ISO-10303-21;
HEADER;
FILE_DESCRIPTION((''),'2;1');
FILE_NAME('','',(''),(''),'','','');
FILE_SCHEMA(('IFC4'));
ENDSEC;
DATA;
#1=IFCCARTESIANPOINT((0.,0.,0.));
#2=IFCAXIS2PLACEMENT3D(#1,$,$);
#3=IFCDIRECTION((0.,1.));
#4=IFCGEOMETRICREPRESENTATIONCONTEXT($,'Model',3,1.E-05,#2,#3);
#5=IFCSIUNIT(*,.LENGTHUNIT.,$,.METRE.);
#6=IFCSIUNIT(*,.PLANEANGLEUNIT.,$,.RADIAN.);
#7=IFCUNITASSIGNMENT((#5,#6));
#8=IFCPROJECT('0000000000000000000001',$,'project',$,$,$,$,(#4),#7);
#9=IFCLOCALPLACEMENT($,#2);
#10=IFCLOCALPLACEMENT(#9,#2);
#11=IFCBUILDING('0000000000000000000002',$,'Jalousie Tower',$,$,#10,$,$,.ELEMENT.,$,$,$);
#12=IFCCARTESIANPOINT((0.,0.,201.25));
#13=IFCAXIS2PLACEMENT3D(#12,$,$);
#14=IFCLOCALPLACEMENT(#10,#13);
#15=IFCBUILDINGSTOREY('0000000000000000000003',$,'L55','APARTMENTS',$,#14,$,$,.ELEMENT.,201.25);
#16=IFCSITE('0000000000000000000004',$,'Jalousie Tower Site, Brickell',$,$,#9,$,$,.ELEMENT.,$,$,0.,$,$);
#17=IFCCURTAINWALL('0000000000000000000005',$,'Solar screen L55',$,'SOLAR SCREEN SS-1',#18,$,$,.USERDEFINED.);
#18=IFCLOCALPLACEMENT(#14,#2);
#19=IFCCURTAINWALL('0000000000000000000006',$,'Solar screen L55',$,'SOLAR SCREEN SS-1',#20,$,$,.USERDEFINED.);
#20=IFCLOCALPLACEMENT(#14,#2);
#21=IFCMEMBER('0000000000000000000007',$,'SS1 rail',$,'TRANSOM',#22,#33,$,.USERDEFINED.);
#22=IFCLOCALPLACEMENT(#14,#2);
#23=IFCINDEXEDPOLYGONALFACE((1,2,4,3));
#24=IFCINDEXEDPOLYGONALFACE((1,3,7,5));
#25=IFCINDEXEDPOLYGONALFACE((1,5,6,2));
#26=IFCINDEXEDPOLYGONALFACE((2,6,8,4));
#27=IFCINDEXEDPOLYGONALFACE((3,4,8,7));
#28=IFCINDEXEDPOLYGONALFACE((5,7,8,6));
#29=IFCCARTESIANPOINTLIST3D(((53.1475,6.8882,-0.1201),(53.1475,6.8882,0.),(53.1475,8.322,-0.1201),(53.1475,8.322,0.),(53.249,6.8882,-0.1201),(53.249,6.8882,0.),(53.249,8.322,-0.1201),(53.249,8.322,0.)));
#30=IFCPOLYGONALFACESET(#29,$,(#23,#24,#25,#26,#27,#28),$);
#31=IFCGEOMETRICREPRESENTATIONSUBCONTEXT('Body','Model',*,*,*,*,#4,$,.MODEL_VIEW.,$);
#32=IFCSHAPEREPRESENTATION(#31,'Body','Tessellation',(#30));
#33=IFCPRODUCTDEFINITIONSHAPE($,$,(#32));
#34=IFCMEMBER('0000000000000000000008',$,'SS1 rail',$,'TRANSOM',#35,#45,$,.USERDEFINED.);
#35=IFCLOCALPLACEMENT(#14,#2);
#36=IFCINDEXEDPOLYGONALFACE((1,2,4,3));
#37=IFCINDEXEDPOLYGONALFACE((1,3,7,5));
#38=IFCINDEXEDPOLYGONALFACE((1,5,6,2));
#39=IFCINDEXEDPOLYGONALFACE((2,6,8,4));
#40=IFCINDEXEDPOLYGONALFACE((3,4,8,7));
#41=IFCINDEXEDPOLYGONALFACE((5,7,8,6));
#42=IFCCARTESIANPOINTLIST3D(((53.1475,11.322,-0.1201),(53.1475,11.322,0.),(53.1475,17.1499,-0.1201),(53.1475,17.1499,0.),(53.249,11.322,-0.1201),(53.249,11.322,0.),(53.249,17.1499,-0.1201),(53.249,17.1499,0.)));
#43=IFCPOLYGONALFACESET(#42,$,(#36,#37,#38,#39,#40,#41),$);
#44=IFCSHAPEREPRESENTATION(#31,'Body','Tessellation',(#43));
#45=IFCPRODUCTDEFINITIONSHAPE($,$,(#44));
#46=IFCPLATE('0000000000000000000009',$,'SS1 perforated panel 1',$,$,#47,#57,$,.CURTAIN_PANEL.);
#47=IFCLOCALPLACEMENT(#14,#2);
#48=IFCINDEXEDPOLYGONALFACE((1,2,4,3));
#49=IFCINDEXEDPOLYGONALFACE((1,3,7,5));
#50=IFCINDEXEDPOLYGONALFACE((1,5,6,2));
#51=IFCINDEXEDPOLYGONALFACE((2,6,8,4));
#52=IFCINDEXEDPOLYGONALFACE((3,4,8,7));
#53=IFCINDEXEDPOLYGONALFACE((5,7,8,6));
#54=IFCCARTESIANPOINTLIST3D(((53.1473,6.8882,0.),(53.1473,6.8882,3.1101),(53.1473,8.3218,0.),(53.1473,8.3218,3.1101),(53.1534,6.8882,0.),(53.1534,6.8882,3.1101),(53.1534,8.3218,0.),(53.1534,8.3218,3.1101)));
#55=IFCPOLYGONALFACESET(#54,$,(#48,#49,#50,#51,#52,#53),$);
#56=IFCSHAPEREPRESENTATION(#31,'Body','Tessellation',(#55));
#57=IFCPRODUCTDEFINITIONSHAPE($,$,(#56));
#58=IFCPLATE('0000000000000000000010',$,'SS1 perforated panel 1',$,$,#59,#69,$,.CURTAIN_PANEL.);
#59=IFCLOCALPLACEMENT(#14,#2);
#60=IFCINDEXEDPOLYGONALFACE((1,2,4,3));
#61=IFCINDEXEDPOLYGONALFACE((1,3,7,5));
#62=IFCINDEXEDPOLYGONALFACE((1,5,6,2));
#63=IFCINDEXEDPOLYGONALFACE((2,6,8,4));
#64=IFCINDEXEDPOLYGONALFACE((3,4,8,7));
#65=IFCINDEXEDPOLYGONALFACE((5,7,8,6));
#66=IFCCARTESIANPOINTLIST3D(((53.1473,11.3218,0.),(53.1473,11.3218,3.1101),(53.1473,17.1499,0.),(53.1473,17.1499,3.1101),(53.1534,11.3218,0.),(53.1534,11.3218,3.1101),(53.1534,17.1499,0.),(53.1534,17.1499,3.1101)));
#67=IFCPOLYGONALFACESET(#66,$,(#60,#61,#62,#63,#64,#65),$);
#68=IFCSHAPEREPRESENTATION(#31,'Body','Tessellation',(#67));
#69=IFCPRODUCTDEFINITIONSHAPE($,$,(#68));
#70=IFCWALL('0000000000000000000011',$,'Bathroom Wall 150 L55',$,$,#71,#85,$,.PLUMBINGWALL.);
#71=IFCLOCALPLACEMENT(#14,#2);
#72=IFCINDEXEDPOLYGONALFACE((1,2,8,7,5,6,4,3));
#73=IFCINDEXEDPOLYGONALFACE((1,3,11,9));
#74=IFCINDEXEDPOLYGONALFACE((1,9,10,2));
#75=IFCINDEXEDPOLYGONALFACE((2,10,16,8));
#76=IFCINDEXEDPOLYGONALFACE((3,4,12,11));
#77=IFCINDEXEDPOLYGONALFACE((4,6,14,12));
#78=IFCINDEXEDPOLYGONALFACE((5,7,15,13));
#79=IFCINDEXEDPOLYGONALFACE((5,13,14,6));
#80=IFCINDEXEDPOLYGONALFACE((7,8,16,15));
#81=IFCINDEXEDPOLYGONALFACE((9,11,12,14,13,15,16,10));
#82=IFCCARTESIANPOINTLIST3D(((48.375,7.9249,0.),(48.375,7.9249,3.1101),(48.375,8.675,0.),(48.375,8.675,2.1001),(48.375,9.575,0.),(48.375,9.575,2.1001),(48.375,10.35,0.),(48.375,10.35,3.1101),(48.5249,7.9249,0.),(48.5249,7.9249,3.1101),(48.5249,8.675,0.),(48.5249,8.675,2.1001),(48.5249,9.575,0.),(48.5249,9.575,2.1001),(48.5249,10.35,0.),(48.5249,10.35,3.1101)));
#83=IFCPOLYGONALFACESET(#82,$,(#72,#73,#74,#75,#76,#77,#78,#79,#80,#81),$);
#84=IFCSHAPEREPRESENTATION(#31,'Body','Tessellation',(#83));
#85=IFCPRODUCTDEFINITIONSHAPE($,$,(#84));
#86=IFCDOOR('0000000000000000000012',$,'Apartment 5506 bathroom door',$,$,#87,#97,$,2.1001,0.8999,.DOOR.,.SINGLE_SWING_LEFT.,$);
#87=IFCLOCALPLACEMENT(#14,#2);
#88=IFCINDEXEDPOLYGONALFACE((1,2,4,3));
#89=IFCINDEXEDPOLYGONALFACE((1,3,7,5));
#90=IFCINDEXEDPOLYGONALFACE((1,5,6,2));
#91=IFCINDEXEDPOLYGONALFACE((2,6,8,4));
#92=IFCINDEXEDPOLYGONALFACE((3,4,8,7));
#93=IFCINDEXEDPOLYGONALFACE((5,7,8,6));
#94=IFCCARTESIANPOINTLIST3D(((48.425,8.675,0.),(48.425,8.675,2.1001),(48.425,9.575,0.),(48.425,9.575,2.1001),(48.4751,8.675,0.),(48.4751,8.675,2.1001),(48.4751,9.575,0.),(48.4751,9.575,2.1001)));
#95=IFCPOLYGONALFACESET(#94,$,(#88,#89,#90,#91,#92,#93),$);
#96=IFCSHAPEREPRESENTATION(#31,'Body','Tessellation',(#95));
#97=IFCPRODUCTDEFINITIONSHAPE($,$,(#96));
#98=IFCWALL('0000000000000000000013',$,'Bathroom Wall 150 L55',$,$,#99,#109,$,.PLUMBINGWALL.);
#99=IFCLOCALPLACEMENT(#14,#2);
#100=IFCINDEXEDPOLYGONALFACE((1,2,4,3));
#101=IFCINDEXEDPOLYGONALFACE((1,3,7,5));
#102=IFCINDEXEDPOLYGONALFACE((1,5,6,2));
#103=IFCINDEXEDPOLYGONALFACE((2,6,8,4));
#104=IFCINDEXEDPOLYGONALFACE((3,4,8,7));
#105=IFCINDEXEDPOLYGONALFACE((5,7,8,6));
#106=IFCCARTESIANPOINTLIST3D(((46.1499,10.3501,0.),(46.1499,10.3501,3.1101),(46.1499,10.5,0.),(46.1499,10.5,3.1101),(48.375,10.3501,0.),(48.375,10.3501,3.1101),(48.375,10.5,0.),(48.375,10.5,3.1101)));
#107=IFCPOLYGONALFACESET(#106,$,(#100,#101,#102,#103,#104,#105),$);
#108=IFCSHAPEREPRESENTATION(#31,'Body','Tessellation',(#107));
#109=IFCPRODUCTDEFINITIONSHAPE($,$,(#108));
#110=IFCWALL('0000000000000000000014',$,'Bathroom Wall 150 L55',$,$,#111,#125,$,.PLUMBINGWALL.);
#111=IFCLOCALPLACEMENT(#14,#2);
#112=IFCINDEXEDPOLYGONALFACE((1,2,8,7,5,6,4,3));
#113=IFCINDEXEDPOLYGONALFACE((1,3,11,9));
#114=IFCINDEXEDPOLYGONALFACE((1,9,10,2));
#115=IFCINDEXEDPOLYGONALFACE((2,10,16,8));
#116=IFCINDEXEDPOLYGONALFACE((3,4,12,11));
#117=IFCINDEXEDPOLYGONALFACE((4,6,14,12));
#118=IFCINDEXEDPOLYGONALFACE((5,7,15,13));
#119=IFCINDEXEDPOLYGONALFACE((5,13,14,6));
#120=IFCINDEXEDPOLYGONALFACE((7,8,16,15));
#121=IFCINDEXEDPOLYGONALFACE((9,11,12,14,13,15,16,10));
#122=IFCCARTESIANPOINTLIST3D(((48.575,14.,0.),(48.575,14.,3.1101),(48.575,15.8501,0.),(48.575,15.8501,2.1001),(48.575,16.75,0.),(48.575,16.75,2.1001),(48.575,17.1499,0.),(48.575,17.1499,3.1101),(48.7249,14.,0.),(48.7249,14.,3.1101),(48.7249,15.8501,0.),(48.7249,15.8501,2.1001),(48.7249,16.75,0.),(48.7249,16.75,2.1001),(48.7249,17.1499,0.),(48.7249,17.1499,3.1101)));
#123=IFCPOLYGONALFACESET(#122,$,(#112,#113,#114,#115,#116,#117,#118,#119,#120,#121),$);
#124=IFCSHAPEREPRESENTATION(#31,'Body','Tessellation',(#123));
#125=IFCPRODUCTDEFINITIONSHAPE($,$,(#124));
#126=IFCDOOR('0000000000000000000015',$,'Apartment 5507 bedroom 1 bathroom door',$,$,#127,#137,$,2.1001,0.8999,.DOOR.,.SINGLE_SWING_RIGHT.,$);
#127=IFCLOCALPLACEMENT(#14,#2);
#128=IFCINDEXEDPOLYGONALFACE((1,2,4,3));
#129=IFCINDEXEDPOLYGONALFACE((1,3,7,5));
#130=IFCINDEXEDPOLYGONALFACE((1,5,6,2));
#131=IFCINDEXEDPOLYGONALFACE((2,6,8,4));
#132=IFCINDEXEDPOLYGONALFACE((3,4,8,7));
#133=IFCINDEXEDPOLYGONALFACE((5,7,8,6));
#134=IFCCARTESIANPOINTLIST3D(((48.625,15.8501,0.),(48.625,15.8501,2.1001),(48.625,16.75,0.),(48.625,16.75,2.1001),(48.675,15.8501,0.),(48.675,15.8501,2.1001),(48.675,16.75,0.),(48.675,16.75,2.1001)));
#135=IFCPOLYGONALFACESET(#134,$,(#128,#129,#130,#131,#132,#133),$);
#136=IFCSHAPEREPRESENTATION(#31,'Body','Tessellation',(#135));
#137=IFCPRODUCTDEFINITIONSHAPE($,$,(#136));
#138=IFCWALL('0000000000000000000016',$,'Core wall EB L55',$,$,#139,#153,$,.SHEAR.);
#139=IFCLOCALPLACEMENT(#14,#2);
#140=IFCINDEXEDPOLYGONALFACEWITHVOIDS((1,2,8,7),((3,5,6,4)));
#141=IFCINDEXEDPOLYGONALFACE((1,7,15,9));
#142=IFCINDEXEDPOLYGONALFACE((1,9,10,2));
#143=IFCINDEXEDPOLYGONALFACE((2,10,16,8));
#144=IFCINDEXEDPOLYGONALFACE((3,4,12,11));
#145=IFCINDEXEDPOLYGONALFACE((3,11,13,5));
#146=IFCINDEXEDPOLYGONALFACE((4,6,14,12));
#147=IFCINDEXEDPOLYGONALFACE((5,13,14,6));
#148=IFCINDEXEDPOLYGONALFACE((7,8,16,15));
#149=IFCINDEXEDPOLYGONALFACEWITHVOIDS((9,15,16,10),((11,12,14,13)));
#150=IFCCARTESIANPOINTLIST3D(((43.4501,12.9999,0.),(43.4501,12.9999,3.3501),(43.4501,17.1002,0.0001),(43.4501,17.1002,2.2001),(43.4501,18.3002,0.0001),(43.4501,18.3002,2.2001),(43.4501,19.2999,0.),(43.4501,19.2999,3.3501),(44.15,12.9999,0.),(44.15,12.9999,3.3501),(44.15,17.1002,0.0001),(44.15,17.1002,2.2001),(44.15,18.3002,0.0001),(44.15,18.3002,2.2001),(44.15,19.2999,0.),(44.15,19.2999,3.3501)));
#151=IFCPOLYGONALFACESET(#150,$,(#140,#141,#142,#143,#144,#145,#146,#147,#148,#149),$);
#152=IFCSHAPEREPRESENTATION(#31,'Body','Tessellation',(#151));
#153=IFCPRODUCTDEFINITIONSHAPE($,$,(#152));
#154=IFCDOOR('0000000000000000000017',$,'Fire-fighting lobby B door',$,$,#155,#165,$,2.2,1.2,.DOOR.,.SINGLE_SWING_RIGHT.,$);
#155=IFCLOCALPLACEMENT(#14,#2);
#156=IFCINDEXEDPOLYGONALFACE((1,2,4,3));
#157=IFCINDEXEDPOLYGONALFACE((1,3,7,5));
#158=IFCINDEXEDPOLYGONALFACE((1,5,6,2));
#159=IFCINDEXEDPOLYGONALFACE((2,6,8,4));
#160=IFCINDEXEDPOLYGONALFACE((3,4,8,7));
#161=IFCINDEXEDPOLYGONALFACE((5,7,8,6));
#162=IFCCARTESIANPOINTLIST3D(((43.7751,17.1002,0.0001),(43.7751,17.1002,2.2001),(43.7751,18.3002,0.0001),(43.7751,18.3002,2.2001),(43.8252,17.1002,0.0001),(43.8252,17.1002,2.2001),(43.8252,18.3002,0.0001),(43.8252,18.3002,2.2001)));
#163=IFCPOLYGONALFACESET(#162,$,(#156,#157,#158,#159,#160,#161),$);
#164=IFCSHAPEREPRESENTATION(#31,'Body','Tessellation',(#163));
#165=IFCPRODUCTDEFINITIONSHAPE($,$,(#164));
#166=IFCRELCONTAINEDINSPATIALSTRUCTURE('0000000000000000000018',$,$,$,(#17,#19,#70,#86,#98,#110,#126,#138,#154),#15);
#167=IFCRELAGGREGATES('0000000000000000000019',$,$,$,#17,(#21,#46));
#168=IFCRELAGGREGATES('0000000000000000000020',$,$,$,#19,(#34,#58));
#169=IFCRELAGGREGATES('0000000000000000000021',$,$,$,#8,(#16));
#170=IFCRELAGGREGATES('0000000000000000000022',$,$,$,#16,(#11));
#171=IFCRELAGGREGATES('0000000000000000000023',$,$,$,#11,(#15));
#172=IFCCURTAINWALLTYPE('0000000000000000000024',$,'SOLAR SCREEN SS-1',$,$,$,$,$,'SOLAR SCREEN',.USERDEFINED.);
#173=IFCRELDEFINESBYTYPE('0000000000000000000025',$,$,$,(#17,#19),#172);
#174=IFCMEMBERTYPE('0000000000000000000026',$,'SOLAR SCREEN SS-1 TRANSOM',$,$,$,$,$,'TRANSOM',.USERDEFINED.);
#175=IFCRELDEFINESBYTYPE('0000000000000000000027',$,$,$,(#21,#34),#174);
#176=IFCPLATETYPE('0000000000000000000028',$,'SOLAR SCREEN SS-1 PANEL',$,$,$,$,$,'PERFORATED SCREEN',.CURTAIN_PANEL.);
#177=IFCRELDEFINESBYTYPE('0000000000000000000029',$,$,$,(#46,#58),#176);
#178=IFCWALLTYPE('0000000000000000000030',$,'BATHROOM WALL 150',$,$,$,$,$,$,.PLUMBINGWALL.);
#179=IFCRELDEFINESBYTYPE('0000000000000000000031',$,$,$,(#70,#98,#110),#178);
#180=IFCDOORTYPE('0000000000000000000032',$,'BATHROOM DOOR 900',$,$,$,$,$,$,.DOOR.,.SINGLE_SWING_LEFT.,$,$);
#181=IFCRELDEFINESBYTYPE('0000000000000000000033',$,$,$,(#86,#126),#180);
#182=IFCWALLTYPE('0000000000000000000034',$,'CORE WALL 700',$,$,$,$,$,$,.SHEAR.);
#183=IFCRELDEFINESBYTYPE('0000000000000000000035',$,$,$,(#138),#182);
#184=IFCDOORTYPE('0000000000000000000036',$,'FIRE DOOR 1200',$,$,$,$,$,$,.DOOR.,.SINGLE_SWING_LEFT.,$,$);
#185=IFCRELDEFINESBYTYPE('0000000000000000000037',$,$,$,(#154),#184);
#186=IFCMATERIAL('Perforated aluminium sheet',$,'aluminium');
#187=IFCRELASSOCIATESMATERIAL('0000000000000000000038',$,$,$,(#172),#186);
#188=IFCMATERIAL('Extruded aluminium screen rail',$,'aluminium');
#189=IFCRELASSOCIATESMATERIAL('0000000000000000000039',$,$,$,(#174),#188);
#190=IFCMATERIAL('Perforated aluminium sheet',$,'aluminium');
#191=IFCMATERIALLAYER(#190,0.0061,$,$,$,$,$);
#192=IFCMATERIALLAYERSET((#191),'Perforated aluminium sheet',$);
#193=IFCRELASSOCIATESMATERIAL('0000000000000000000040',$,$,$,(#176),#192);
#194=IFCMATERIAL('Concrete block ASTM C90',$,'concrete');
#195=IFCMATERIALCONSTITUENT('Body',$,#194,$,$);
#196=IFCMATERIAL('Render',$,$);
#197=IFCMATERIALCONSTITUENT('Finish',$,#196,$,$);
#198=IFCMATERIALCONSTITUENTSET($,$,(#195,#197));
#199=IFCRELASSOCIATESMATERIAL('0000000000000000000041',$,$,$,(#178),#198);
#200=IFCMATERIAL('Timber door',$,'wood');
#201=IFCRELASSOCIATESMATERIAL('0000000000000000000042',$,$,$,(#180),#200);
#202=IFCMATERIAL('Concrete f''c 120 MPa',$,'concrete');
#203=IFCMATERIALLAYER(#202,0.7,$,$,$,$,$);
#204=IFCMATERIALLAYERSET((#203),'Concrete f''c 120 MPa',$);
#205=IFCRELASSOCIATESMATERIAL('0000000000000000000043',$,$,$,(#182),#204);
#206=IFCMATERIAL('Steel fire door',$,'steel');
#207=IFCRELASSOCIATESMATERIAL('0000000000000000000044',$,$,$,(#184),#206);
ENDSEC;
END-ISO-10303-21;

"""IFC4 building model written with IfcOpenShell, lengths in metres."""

from ifc_helpers import new_model, si_unit, direction, frame, frame_2d, origin, origin_2d, place, context, subcontext, project, spatial, rectangle, extrude, material, layer, layer_set, constituent, constituent_set, material_profile, profile_set, type_object, element, fill, aggregate, save


model = new_model("IFC4")

# Units and contexts
model_context = context("Model", 3, precision=1e-05, world=origin(), true_north=direction((0.0, 1.0)))
body_context = subcontext(model_context, "Body", "Model", "MODEL_VIEW")
ifc_project = project(units=[si_unit("LENGTHUNIT", "METRE"), si_unit("PLANEANGLEUNIT", "RADIAN")], contexts=[model_context])

# Site, building, storey
site_placement = place(None, origin())
site = spatial("IfcSite", under=ifc_project, at=site_placement, Name="Jalousie Tower Site, Brickell", CompositionType="ELEMENT", RefElevation=0.0)
building_placement = place(site_placement, origin())
building = spatial("IfcBuilding", under=site, at=building_placement, Name="Jalousie Tower", CompositionType="ELEMENT")
storey_placement = place(building_placement, frame((0.0, 0.0, 201.25)))
storey = spatial("IfcBuildingStorey", under=building, at=storey_placement, Name="L55", Description="APARTMENTS", CompositionType="ELEMENT", Elevation=201.25)

# Curtain wall
ifc_material_1 = material(Name="Perforated aluminium sheet", Category="aluminium")
curtain_wall_type = type_object("IfcCurtainWallType", Name="SOLAR SCREEN SS-1", ElementType="SOLAR SCREEN", PredefinedType="USERDEFINED", material=ifc_material_1)
curtain_wall_1_placement = place(storey_placement, origin())
curtain_wall_1 = element("IfcCurtainWall", 1, at=curtain_wall_1_placement, inside=storey, type_object=curtain_wall_type, Name="Solar screen L55", ObjectType="SOLAR SCREEN SS-1", PredefinedType="USERDEFINED")

# Curtain wall
curtain_wall_2_placement = place(storey_placement, origin())
curtain_wall_2 = element("IfcCurtainWall", 2, at=curtain_wall_2_placement, inside=storey, type_object=curtain_wall_type, Name="Solar screen L55", ObjectType="SOLAR SCREEN SS-1", PredefinedType="USERDEFINED")

# Members
ifc_material_2 = material(Name="Extruded aluminium screen rail", Category="aluminium")
ifc_material_profile_1 = material_profile(ifc_material_2, rectangle(XDim=0.1016, YDim=0.1201, at=origin_2d()), Name="RAIL 102x120")
ifc_profile_set_1 = profile_set([ifc_material_profile_1], Name="Extruded aluminium screen rail")
member_type_1 = type_object("IfcMemberType", Name="SOLAR SCREEN SS-1 TRANSOM", ElementType="TRANSOM", PredefinedType="USERDEFINED", material=ifc_profile_set_1)
member_1_placement = place(storey_placement, frame((53.1982, 6.8882, -0.0601), z_axis=(0.0, 1.0, 0.0), x_axis=(-1.0, 0.0, 0.0)))
member_1 = element("IfcMember", 3, at=member_1_placement, type_object=member_type_1, Name="SS1 rail", ObjectType="TRANSOM", PredefinedType="USERDEFINED", context=body_context, shape_type="SweptSolid", body=[
    extrude(rectangle(XDim=0.1016, YDim=0.1201, at=origin_2d()), origin(), (0.0, 0.0, 1.0), 1.4338),
])
member_2_placement = place(storey_placement, frame((53.1982, 11.322, -0.0601), z_axis=(0.0, 1.0, 0.0), x_axis=(-1.0, 0.0, 0.0)))
member_2 = element("IfcMember", 4, at=member_2_placement, type_object=member_type_1, Name="SS1 rail", ObjectType="TRANSOM", PredefinedType="USERDEFINED", context=body_context, shape_type="SweptSolid", body=[
    extrude(rectangle(XDim=0.1016, YDim=0.1201, at=origin_2d()), origin(), (0.0, 0.0, 1.0), 5.8279),
])

# Plates
ifc_material_3 = material(Name="Perforated aluminium sheet", Category="aluminium")
ifc_layer_1 = layer(ifc_material_3, 0.0061)
ifc_layer_set_1 = layer_set([ifc_layer_1], Name="Perforated aluminium sheet")
plate_type = type_object("IfcPlateType", Name="SOLAR SCREEN SS-1 PANEL", ElementType="PERFORATED SCREEN", PredefinedType="CURTAIN_PANEL", material=ifc_layer_set_1)
plate_1_placement = place(storey_placement, frame((53.1504, 7.605, 0.0), z_axis=(0.0, 0.0, 1.0), x_axis=(0.0, 1.0, 0.0)))
plate_1 = element("IfcPlate", 5, at=plate_1_placement, type_object=plate_type, Name="SS1 perforated panel 1", PredefinedType="CURTAIN_PANEL", context=body_context, shape_type="SweptSolid", body=[
    extrude(rectangle(XDim=1.4336, YDim=0.0061, at=origin_2d()), origin(), (0.0, 0.0, 1.0), 3.1101),
])
aggregate(curtain_wall_1, [member_1, plate_1])
plate_2_placement = place(storey_placement, frame((53.1504, 14.2358, 0.0), z_axis=(0.0, 0.0, 1.0), x_axis=(0.0, 1.0, 0.0)))
plate_2 = element("IfcPlate", 6, at=plate_2_placement, type_object=plate_type, Name="SS1 perforated panel 1", PredefinedType="CURTAIN_PANEL", context=body_context, shape_type="SweptSolid", body=[
    extrude(rectangle(XDim=5.8281, YDim=0.0061, at=origin_2d()), origin(), (0.0, 0.0, 1.0), 3.1101),
])
aggregate(curtain_wall_2, [member_2, plate_2])

# Wall, opening, door
ifc_material_4 = material(Name="Concrete block ASTM C90", Category="concrete")
ifc_constituent_1 = constituent(ifc_material_4, Name="Body")
ifc_material_5 = material(Name="Render")
ifc_constituent_2 = constituent(ifc_material_5, Name="Finish")
ifc_constituent_set_1 = constituent_set(constituents=[ifc_constituent_1, ifc_constituent_2])
wall_type_1 = type_object("IfcWallType", Name="BATHROOM WALL 150", PredefinedType="PLUMBINGWALL", material=ifc_constituent_set_1)
wall_1_placement = place(storey_placement, frame((48.45, 7.925, 0.0), z_axis=(0.0, 0.0, 1.0), x_axis=(0.0, 1.0, 0.0)))
wall_1 = element("IfcWall", 7, at=wall_1_placement, inside=storey, type_object=wall_type_1, Name="Bathroom Wall 150 L55", PredefinedType="PLUMBINGWALL", context=body_context, shape_type="SweptSolid", body=[
    extrude(rectangle(XDim=2.425, YDim=0.1499, at=frame_2d((1.2124, 0.0))), origin(), (0.0, 0.0, 1.0), 3.1101),
])
opening_1_placement = place(wall_1_placement, frame((0.75, 0.0, 0.0)))
opening_1 = element("IfcOpeningElement", 8, at=opening_1_placement, cuts=wall_1, PredefinedType="OPENING", context=body_context, shape_type="SweptSolid", body=[
    extrude(rectangle(XDim=0.8999, YDim=2.1001, at=frame_2d((0.45, 1.05))), frame((0.0, 0.085, 0.0), z_axis=(0.0, -1.0, 0.0), x_axis=(1.0, 0.0, 0.0)), (0.0, 0.0, 1.0), 0.1699),
])
ifc_material_6 = material(Name="Timber door", Category="wood")
door_type_1 = type_object("IfcDoorType", Name="BATHROOM DOOR 900", OperationType="SINGLE_SWING_LEFT", PredefinedType="DOOR", material=ifc_material_6)
door_1_placement = place(opening_1_placement, origin())
door_1 = element("IfcDoor", 9, at=door_1_placement, inside=storey, type_object=door_type_1, Name="Apartment 5506 bathroom door", OperationType="SINGLE_SWING_LEFT", OverallHeight=2.1001, OverallWidth=0.8999, PredefinedType="DOOR", context=body_context, shape_type="SweptSolid", body=[
    extrude(rectangle(XDim=0.8999, YDim=2.1001, at=frame_2d((0.45, 1.05))), frame((0.0, 0.0249, 0.0), z_axis=(0.0, -1.0, 0.0), x_axis=(1.0, 0.0, 0.0)), (0.0, 0.0, 1.0), 0.05),
])
fill(opening_1, door_1)

# Wall
wall_2_placement = place(storey_placement, frame((48.375, 10.425, 0.0), z_axis=(0.0, 0.0, 1.0), x_axis=(-1.0, 0.0, 0.0)))
element("IfcWall", 10, at=wall_2_placement, inside=storey, type_object=wall_type_1, Name="Bathroom Wall 150 L55", PredefinedType="PLUMBINGWALL", context=body_context, shape_type="SweptSolid", body=[
    extrude(rectangle(XDim=2.2251, YDim=0.1499, at=frame_2d((1.1125, 0.0))), origin(), (0.0, 0.0, 1.0), 3.1101),
])

# Walls, openings, doors
wall_3_placement = place(storey_placement, frame((48.6499, 14.0, 0.0), z_axis=(0.0, 0.0, 1.0), x_axis=(0.0, 1.0, 0.0)))
wall_3 = element("IfcWall", 11, at=wall_3_placement, inside=storey, type_object=wall_type_1, Name="Bathroom Wall 150 L55", PredefinedType="PLUMBINGWALL", context=body_context, shape_type="SweptSolid", body=[
    extrude(rectangle(XDim=3.1499, YDim=0.1499, at=frame_2d((1.575, 0.0))), origin(), (0.0, 0.0, 1.0), 3.1101),
])
opening_2_placement = place(wall_3_placement, frame((1.8501, 0.0, 0.0)))
opening_2 = element("IfcOpeningElement", 12, at=opening_2_placement, cuts=wall_3, PredefinedType="OPENING", context=body_context, shape_type="SweptSolid", body=[
    extrude(rectangle(XDim=0.8999, YDim=2.1001, at=frame_2d((0.45, 1.05))), frame((0.0, 0.085, 0.0), z_axis=(0.0, -1.0, 0.0), x_axis=(1.0, 0.0, 0.0)), (0.0, 0.0, 1.0), 0.1699),
])
door_2_placement = place(opening_2_placement, origin())
door_2 = element("IfcDoor", 13, at=door_2_placement, inside=storey, type_object=door_type_1, Name="Apartment 5507 bedroom 1 bathroom door", OperationType="SINGLE_SWING_RIGHT", OverallHeight=2.1001, OverallWidth=0.8999, PredefinedType="DOOR", context=body_context, shape_type="SweptSolid", body=[
    extrude(rectangle(XDim=0.8999, YDim=2.1001, at=frame_2d((0.45, 1.05))), frame((0.0, 0.0249, 0.0), z_axis=(0.0, -1.0, 0.0), x_axis=(1.0, 0.0, 0.0)), (0.0, 0.0, 1.0), 0.05),
])
fill(opening_2, door_2)
ifc_material_7 = material(Name="Concrete f'c 120 MPa", Category="concrete")
ifc_layer_2 = layer(ifc_material_7, 0.7)
ifc_layer_set_2 = layer_set([ifc_layer_2], Name="Concrete f'c 120 MPa")
wall_type_2 = type_object("IfcWallType", Name="CORE WALL 700", PredefinedType="SHEAR", material=ifc_layer_set_2)
wall_4_placement = place(storey_placement, frame((43.8, 13.0, 0.0), z_axis=(0.0, 0.0, 1.0), x_axis=(0.0, 1.0, 0.0)))
wall_4 = element("IfcWall", 14, at=wall_4_placement, inside=storey, type_object=wall_type_2, Name="Core wall EB L55", PredefinedType="SHEAR", context=body_context, shape_type="SweptSolid", body=[
    extrude(rectangle(XDim=6.3, YDim=0.7, at=frame_2d((3.1499, 0.0))), origin(), (0.0, 0.0, 1.0), 3.3501),
])
opening_3_placement = place(wall_4_placement, frame((4.1001, 0.0, 0.0)))
opening_3 = element("IfcOpeningElement", 15, at=opening_3_placement, cuts=wall_4, PredefinedType="OPENING", context=body_context, shape_type="SweptSolid", body=[
    extrude(rectangle(XDim=1.2, YDim=2.2, at=frame_2d((0.6001, 1.1001))), frame((0.0, 0.3599, 0.0), z_axis=(0.0, -1.0, 0.0), x_axis=(1.0, 0.0, 0.0)), (0.0, 0.0, 1.0), 0.72),
])
ifc_material_8 = material(Name="Steel fire door", Category="steel")
door_type_2 = type_object("IfcDoorType", Name="FIRE DOOR 1200", OperationType="SINGLE_SWING_LEFT", PredefinedType="DOOR", material=ifc_material_8)
door_3_placement = place(opening_3_placement, origin())
door_3 = element("IfcDoor", 16, at=door_3_placement, inside=storey, type_object=door_type_2, Name="Fire-fighting lobby B door", OperationType="SINGLE_SWING_RIGHT", OverallHeight=2.2, OverallWidth=1.2, PredefinedType="DOOR", context=body_context, shape_type="SweptSolid", body=[
    extrude(rectangle(XDim=1.2, YDim=2.2, at=frame_2d((0.6001, 1.1001))), frame((0.0, 0.0249, 0.0), z_axis=(0.0, -1.0, 0.0), x_axis=(1.0, 0.0, 0.0)), (0.0, 0.0, 1.0), 0.05),
])
fill(opening_3, door_3)

save(model, "model.ifc")
